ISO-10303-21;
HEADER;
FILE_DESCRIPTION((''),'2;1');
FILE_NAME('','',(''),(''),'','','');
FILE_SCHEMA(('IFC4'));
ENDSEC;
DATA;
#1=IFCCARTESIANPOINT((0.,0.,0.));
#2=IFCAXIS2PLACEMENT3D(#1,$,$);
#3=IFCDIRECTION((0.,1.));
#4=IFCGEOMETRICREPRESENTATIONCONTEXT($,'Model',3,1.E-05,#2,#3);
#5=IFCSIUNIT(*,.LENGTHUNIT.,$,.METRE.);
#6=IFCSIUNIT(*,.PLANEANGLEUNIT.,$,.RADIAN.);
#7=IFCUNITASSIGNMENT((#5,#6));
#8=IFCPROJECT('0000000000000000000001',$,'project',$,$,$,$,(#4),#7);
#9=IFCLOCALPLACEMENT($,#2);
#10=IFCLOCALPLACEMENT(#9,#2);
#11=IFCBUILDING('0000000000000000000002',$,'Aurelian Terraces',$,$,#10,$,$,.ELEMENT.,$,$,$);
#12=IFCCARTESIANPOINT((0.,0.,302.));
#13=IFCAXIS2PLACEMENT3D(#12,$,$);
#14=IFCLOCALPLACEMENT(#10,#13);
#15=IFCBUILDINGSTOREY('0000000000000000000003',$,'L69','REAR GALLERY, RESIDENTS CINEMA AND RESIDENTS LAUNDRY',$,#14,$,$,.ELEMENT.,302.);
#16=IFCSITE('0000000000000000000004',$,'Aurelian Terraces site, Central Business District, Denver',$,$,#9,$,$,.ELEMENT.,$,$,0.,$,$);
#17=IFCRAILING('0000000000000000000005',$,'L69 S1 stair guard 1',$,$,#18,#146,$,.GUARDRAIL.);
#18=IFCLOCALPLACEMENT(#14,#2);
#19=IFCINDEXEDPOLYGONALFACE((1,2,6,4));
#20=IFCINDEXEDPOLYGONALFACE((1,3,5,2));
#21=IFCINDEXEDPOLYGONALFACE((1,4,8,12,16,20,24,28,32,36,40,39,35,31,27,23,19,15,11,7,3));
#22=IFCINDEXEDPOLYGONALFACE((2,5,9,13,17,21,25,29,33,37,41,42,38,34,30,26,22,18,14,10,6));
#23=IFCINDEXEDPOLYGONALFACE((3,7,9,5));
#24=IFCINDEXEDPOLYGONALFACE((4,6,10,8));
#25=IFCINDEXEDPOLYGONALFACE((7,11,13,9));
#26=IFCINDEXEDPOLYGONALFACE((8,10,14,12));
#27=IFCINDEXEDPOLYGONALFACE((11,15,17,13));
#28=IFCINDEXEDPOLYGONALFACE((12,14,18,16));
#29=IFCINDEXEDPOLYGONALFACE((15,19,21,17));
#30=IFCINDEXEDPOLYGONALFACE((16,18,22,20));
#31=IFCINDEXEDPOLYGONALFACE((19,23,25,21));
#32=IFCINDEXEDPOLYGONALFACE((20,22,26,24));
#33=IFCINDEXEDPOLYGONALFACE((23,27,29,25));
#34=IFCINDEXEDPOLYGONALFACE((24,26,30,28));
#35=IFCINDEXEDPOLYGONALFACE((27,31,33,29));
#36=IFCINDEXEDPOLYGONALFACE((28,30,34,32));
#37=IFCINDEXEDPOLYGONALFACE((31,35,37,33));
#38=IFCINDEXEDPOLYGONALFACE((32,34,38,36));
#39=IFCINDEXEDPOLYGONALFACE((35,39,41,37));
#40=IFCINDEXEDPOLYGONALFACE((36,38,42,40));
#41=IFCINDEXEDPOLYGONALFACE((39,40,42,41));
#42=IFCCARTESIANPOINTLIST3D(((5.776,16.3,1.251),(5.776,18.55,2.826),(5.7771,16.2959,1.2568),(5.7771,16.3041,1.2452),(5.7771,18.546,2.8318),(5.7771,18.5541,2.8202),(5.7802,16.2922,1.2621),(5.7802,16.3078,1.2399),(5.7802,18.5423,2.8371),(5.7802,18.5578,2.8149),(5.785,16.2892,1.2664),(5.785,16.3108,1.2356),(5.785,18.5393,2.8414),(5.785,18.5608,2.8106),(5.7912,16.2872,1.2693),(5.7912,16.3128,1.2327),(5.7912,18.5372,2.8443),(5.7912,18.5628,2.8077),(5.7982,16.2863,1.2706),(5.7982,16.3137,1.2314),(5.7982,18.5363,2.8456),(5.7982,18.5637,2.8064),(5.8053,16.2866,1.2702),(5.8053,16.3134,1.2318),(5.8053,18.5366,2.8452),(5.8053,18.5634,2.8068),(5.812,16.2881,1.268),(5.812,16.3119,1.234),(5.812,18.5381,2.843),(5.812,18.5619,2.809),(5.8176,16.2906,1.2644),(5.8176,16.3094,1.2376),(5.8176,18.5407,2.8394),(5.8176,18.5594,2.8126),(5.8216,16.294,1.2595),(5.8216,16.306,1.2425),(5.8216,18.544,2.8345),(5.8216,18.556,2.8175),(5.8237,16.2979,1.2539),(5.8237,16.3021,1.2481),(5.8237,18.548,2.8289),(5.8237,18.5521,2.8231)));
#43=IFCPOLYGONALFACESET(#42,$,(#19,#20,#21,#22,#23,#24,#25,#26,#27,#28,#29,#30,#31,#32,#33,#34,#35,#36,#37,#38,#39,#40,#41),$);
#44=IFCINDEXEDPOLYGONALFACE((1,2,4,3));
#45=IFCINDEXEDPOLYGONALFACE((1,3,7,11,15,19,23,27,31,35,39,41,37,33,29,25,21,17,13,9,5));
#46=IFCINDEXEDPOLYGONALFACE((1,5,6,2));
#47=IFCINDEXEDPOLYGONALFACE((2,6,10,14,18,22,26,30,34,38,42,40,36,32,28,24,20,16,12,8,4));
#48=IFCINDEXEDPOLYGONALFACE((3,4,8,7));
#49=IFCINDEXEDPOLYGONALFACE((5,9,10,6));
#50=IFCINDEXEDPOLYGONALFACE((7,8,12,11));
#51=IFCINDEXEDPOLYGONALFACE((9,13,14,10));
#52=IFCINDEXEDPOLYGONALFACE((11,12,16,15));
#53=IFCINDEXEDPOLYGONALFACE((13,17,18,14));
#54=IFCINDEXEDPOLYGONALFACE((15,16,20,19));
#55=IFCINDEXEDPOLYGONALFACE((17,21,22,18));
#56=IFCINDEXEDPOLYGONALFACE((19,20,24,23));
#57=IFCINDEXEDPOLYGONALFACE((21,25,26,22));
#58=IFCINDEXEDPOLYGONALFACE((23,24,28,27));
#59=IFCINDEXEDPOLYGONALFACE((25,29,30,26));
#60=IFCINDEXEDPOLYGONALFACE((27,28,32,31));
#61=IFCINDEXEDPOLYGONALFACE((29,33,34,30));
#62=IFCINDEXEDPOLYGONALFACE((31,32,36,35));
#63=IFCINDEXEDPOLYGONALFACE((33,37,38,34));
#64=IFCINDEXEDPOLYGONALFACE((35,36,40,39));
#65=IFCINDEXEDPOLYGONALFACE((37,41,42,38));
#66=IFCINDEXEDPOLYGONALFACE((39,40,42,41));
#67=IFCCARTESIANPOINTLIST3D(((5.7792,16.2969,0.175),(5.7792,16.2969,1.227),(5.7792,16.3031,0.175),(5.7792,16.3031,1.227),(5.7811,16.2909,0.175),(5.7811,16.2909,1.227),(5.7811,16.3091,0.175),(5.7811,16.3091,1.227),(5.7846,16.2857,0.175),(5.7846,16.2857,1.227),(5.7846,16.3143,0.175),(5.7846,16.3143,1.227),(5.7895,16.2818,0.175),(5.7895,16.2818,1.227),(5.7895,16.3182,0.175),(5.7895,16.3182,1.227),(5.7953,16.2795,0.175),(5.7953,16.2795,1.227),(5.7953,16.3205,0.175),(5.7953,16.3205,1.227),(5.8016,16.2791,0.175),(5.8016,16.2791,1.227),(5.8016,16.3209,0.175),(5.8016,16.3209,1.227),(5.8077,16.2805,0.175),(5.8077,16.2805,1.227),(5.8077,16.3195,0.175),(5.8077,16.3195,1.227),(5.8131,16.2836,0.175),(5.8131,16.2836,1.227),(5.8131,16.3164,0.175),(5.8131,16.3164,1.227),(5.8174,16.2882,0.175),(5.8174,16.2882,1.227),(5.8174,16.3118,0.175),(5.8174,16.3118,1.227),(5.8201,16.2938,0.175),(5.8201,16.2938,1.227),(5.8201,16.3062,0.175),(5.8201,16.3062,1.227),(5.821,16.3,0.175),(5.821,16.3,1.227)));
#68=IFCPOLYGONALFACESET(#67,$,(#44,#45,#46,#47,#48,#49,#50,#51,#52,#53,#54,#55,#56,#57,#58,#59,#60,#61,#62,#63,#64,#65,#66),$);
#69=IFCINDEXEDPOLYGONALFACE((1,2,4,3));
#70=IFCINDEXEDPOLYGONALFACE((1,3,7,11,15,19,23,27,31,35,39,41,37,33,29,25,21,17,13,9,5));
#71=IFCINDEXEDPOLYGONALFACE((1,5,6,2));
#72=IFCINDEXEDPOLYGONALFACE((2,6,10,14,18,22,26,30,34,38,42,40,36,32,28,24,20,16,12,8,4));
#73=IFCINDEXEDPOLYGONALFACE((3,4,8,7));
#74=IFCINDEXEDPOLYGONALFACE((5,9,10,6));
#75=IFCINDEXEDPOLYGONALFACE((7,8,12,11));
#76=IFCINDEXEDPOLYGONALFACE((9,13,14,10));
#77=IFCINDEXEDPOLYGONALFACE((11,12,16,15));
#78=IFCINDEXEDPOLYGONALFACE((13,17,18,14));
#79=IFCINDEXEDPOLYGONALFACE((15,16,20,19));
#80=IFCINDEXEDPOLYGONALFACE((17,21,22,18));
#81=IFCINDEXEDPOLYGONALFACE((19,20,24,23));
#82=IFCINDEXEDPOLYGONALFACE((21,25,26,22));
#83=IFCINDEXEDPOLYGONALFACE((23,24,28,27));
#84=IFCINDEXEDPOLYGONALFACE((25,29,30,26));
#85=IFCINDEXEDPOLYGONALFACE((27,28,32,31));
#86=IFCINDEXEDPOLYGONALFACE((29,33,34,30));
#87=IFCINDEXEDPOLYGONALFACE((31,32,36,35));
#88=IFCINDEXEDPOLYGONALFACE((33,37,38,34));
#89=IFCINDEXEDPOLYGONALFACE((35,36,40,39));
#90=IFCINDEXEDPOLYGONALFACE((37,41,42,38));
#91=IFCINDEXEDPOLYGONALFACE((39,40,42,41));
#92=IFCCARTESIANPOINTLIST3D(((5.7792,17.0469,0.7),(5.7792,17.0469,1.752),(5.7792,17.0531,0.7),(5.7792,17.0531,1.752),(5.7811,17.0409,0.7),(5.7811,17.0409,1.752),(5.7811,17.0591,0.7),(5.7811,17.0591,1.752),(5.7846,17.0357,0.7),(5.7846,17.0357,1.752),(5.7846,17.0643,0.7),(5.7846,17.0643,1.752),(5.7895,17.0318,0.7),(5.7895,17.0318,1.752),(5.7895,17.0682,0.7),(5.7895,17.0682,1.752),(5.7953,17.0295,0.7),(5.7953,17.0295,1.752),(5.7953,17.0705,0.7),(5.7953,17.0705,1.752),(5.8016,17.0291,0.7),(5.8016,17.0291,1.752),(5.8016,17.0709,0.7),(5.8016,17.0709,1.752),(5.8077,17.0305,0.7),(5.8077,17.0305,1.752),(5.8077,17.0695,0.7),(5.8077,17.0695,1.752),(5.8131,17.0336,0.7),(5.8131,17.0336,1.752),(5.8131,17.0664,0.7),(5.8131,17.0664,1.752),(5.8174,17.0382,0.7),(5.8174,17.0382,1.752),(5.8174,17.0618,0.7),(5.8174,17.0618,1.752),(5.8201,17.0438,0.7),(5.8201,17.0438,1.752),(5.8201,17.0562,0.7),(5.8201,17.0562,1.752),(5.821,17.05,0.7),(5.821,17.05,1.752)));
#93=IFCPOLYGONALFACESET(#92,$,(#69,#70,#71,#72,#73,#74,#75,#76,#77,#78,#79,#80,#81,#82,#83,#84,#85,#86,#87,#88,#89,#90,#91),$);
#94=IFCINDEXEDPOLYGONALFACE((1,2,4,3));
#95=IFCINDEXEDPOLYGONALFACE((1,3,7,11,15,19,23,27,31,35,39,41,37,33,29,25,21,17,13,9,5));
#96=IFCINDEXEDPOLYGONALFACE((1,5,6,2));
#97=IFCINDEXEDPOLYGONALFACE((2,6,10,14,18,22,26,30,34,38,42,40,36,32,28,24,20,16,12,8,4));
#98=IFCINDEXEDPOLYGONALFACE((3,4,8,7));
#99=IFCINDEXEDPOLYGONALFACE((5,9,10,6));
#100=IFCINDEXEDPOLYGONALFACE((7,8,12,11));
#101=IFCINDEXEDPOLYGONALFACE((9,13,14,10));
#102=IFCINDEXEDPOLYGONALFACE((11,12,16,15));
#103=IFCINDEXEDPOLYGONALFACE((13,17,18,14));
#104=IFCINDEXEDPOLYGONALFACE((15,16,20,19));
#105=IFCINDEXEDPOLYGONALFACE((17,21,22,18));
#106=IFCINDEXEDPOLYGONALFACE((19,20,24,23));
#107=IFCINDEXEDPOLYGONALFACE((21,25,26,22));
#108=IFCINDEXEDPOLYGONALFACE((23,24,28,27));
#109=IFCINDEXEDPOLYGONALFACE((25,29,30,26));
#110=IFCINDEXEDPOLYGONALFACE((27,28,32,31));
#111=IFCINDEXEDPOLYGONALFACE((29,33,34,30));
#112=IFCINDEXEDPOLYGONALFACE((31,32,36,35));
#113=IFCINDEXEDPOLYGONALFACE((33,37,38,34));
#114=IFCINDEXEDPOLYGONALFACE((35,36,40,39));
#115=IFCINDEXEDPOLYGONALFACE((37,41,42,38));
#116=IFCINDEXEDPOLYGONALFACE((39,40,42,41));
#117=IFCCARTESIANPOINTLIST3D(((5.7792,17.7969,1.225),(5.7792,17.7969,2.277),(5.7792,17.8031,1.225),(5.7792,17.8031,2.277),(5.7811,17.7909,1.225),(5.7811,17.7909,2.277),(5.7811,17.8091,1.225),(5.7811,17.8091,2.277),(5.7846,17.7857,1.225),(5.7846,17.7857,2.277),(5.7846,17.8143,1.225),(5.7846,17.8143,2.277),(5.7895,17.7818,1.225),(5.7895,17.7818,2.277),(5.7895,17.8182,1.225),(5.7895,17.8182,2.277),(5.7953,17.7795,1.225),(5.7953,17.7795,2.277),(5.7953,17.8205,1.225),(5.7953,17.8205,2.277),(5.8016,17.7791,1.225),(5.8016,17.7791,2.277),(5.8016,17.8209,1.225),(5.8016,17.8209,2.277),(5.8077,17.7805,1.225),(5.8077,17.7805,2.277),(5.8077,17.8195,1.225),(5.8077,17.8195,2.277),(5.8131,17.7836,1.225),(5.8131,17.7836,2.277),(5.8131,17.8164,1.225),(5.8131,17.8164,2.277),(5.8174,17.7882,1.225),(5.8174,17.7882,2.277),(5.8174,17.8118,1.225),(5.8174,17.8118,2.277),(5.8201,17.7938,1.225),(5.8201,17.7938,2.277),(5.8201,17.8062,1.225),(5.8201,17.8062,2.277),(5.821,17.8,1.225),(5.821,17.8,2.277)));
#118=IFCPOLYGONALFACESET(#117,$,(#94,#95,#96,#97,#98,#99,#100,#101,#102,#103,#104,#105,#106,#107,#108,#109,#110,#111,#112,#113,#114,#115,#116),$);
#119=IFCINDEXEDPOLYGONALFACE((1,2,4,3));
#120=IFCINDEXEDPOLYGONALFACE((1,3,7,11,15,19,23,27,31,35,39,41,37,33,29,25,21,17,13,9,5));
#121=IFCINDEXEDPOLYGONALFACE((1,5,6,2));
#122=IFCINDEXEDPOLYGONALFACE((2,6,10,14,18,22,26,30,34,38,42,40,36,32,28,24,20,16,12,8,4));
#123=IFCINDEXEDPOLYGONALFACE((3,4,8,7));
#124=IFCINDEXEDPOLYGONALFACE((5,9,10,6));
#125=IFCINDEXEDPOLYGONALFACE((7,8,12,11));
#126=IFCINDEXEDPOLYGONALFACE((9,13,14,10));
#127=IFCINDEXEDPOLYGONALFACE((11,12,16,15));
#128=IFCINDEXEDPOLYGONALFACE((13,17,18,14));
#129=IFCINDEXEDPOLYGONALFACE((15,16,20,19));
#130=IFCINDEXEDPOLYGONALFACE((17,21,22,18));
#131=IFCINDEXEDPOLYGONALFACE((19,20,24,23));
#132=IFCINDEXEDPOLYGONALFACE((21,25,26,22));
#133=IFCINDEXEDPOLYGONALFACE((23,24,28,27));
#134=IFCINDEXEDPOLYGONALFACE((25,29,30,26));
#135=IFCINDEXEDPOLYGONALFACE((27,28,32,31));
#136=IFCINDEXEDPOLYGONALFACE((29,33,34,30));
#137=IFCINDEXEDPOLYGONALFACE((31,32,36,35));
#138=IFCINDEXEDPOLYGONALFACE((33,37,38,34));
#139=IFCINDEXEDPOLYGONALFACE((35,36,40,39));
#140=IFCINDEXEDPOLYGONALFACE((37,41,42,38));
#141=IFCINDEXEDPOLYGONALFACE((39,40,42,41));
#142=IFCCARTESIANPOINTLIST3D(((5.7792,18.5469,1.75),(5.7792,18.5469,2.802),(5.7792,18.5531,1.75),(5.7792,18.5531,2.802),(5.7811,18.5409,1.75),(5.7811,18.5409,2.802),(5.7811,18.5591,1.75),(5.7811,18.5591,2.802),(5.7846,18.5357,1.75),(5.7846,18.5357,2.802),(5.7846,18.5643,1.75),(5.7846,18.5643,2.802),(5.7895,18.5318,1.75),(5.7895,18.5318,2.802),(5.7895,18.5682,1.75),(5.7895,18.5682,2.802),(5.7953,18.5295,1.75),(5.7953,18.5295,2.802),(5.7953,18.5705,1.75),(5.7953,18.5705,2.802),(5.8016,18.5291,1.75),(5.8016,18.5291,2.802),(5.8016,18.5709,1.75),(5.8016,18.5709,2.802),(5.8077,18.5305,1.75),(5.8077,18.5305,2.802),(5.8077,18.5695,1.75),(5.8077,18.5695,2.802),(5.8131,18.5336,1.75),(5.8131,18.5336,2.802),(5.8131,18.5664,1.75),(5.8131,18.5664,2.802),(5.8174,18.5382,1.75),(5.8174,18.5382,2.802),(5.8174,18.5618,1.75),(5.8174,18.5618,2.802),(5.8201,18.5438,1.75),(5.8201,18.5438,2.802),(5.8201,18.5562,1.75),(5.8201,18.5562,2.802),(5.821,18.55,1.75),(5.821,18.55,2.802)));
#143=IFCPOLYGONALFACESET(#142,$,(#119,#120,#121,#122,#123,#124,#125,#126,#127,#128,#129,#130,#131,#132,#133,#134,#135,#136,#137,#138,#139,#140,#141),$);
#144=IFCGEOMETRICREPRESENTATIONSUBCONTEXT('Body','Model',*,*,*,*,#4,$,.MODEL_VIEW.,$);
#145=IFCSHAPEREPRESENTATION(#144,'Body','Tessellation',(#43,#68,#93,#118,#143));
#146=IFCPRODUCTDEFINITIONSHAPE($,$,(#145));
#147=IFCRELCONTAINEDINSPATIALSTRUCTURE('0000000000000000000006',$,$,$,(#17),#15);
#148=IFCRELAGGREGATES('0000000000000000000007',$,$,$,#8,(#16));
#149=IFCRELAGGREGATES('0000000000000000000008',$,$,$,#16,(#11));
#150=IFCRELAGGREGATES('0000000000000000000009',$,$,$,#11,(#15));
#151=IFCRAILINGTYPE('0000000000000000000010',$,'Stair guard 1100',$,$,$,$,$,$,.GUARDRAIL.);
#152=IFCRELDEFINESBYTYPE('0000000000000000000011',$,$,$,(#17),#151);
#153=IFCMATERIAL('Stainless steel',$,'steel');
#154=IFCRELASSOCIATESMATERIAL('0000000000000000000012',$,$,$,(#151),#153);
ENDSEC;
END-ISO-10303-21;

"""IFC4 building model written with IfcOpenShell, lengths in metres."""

from ifc_helpers import new_model, si_unit, direction, frame, origin, origin_2d, place, context, subcontext, project, spatial, circle, extrude, source, transform, mapped, material, type_object, element, save


model = new_model("IFC4")

# Units and contexts
model_context = context("Model", 3, precision=1e-05, world=origin(), true_north=direction((0.0, 1.0)))
body_context = subcontext(model_context, "Body", "Model", "MODEL_VIEW")
ifc_project = project(units=[si_unit("LENGTHUNIT", "METRE"), si_unit("PLANEANGLEUNIT", "RADIAN")], contexts=[model_context])

# Site, building, storey
site_placement = place(None, origin())
site = spatial("IfcSite", under=ifc_project, at=site_placement, Name="Aurelian Terraces site, Central Business District, Denver", CompositionType="ELEMENT", RefElevation=0.0)
building_placement = place(site_placement, origin())
building = spatial("IfcBuilding", under=site, at=building_placement, Name="Aurelian Terraces", CompositionType="ELEMENT")
storey_placement = place(building_placement, frame((0.0, 0.0, 302.0)))
storey = spatial("IfcBuildingStorey", under=building, at=storey_placement, Name="L69", Description="REAR GALLERY, RESIDENTS CINEMA AND RESIDENTS LAUNDRY", CompositionType="ELEMENT", Elevation=302.0)

# Railing
ifc_material_1 = material(Name="Stainless steel", Category="steel")
railing_type_1 = type_object("IfcRailingType", Name="Stair guard 1100", PredefinedType="GUARDRAIL", material=ifc_material_1)
shared_shape_1 = source(origin(), body_context, "Body", "SweptSolid", [
    extrude(circle(Radius=0.024, at=origin_2d()), frame((0.0, 0.0, 1.076), z_axis=(0.0, 0.819232, 0.573462), x_axis=(-1.0, 0.0, 0.0)), (0.0, 0.0, 1.0), 2.7465),
    extrude(circle(Radius=0.021, at=origin_2d()), origin(), (0.0, 0.0, 1.0), 1.052),
    extrude(circle(Radius=0.021, at=origin_2d()), frame((0.0, 0.75, 0.525)), (0.0, 0.0, 1.0), 1.052),
    extrude(circle(Radius=0.021, at=origin_2d()), frame((0.0, 1.5, 1.05)), (0.0, 0.0, 1.0), 1.052),
    extrude(circle(Radius=0.021, at=origin_2d()), frame((0.0, 2.25, 1.575)), (0.0, 0.0, 1.0), 1.052),
])
railing_1_placement = place(storey_placement, frame((5.8, 16.3, 0.175)))
element("IfcRailing", 1, at=railing_1_placement, inside=storey, type_object=railing_type_1, Name="L69 S1 stair guard 1", PredefinedType="GUARDRAIL", context=body_context, shape_type="MappedRepresentation", body=[
    mapped(shared_shape_1, transform((0.0, 0.0, 0.0), scale=1.0)),
])

save(model, "model.ifc")
